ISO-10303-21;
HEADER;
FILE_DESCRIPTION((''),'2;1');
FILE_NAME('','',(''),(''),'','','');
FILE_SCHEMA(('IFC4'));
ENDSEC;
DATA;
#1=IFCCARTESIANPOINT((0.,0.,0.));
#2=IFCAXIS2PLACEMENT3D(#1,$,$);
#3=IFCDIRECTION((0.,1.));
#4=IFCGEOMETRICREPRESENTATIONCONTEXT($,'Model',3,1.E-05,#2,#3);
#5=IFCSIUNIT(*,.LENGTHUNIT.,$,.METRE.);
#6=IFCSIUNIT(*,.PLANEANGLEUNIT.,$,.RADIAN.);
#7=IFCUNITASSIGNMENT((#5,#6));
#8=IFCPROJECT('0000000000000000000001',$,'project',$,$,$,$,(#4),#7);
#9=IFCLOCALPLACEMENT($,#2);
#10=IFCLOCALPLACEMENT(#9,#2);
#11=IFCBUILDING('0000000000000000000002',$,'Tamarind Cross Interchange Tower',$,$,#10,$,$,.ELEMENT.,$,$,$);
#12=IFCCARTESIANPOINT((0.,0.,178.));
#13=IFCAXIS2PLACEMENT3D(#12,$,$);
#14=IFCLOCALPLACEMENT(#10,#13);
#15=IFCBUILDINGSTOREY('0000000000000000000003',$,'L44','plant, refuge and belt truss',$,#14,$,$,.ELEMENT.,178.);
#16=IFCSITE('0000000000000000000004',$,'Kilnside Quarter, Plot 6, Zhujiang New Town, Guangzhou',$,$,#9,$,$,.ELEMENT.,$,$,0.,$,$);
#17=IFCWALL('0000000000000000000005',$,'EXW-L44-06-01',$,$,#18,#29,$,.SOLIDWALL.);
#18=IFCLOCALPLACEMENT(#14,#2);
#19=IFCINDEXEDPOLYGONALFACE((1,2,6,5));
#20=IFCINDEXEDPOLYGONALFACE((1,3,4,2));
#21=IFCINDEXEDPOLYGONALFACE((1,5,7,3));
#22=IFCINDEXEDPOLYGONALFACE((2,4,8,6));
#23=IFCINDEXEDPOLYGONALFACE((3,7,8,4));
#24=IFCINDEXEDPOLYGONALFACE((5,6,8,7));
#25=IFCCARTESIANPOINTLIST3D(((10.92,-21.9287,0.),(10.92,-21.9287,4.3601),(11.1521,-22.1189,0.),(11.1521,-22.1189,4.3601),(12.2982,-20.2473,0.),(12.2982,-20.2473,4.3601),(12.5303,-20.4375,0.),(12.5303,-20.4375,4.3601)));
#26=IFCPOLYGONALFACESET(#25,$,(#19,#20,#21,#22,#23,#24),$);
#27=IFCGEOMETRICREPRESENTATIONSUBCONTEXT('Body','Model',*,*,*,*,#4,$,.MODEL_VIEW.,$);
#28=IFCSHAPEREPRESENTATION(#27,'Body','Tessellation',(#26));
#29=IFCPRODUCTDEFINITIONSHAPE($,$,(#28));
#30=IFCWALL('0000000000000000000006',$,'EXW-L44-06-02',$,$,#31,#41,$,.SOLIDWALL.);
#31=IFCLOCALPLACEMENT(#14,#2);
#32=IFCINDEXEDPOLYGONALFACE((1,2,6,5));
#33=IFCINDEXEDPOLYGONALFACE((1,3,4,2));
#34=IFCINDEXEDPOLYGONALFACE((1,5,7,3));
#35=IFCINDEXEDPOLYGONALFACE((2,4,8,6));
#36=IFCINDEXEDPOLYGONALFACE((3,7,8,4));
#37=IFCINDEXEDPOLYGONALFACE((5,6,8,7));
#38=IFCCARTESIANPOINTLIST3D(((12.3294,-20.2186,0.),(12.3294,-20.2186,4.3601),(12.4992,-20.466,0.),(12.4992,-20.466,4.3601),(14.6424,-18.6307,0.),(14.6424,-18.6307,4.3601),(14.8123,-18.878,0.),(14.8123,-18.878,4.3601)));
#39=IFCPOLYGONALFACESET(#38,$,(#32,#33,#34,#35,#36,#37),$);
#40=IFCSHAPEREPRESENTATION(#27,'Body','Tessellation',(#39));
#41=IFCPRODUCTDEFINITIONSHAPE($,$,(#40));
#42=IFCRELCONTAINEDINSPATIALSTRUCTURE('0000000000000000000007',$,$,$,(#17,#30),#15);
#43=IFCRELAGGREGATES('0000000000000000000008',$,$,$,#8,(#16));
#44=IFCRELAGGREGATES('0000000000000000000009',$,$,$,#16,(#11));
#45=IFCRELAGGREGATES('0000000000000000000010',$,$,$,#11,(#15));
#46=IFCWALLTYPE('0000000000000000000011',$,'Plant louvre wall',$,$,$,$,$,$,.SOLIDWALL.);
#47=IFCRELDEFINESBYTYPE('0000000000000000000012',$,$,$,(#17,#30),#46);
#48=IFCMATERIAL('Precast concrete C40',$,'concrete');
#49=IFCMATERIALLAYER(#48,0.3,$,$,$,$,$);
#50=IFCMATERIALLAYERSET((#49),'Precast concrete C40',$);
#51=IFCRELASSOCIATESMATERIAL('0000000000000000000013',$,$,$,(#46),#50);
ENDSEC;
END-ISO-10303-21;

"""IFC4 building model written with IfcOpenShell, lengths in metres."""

from ifc_helpers import new_model, si_unit, direction, frame, frame_2d, origin, place, context, subcontext, project, spatial, rectangle, extrude, material, layer, layer_set, type_object, element, save


model = new_model("IFC4")

# Units and contexts
model_context = context("Model", 3, precision=1e-05, world=origin(), true_north=direction((0.0, 1.0)))
body_context = subcontext(model_context, "Body", "Model", "MODEL_VIEW")
ifc_project = project(units=[si_unit("LENGTHUNIT", "METRE"), si_unit("PLANEANGLEUNIT", "RADIAN")], contexts=[model_context])

# Site, building, storey
site_placement = place(None, origin())
site = spatial("IfcSite", under=ifc_project, at=site_placement, Name="Kilnside Quarter, Plot 6, Zhujiang New Town, Guangzhou", CompositionType="ELEMENT", RefElevation=0.0)
building_placement = place(site_placement, origin())
building = spatial("IfcBuilding", under=site, at=building_placement, Name="Tamarind Cross Interchange Tower", CompositionType="ELEMENT")
storey_placement = place(building_placement, frame((0.0, 0.0, 178.0)))
storey = spatial("IfcBuildingStorey", under=building, at=storey_placement, Name="L44", Description="plant, refuge and belt truss", CompositionType="ELEMENT", Elevation=178.0)

# Shared definitions
ifc_material_1 = material(Name="Precast concrete C40", Category="concrete")
ifc_layer_1 = layer(ifc_material_1, 0.3)
ifc_layer_set_1 = layer_set([ifc_layer_1], Name="Precast concrete C40")
wall_type_1 = type_object("IfcWallType", Name="Plant louvre wall", PredefinedType="SOLIDWALL", material=ifc_layer_set_1)

# Walls
wall_1_placement = place(storey_placement, frame((11.0361, -22.0237, 0.0), z_axis=(0.0, 0.0, 1.0), x_axis=(0.633922, 0.773397, 0.0)))
element("IfcWall", 1, at=wall_1_placement, inside=storey, type_object=wall_type_1, Name="EXW-L44-06-01", PredefinedType="SOLIDWALL", context=body_context, shape_type="SweptSolid", body=[
    extrude(rectangle(XDim=2.1741, YDim=0.3, at=frame_2d((1.0869, 0.0))), origin(), (0.0, 0.0, 1.0), 4.3601),
])
wall_2_placement = place(storey_placement, frame((12.4143, -20.3423, 0.0), z_axis=(0.0, 0.0, 1.0), x_axis=(0.824423, 0.565975, 0.0)))
element("IfcWall", 2, at=wall_2_placement, inside=storey, type_object=wall_type_1, Name="EXW-L44-06-02", PredefinedType="SOLIDWALL", context=body_context, shape_type="SweptSolid", body=[
    extrude(rectangle(XDim=2.8057, YDim=0.3, at=frame_2d((1.4028, 0.0))), origin(), (0.0, 0.0, 1.0), 4.3601),
])

save(model, "model.ifc")
